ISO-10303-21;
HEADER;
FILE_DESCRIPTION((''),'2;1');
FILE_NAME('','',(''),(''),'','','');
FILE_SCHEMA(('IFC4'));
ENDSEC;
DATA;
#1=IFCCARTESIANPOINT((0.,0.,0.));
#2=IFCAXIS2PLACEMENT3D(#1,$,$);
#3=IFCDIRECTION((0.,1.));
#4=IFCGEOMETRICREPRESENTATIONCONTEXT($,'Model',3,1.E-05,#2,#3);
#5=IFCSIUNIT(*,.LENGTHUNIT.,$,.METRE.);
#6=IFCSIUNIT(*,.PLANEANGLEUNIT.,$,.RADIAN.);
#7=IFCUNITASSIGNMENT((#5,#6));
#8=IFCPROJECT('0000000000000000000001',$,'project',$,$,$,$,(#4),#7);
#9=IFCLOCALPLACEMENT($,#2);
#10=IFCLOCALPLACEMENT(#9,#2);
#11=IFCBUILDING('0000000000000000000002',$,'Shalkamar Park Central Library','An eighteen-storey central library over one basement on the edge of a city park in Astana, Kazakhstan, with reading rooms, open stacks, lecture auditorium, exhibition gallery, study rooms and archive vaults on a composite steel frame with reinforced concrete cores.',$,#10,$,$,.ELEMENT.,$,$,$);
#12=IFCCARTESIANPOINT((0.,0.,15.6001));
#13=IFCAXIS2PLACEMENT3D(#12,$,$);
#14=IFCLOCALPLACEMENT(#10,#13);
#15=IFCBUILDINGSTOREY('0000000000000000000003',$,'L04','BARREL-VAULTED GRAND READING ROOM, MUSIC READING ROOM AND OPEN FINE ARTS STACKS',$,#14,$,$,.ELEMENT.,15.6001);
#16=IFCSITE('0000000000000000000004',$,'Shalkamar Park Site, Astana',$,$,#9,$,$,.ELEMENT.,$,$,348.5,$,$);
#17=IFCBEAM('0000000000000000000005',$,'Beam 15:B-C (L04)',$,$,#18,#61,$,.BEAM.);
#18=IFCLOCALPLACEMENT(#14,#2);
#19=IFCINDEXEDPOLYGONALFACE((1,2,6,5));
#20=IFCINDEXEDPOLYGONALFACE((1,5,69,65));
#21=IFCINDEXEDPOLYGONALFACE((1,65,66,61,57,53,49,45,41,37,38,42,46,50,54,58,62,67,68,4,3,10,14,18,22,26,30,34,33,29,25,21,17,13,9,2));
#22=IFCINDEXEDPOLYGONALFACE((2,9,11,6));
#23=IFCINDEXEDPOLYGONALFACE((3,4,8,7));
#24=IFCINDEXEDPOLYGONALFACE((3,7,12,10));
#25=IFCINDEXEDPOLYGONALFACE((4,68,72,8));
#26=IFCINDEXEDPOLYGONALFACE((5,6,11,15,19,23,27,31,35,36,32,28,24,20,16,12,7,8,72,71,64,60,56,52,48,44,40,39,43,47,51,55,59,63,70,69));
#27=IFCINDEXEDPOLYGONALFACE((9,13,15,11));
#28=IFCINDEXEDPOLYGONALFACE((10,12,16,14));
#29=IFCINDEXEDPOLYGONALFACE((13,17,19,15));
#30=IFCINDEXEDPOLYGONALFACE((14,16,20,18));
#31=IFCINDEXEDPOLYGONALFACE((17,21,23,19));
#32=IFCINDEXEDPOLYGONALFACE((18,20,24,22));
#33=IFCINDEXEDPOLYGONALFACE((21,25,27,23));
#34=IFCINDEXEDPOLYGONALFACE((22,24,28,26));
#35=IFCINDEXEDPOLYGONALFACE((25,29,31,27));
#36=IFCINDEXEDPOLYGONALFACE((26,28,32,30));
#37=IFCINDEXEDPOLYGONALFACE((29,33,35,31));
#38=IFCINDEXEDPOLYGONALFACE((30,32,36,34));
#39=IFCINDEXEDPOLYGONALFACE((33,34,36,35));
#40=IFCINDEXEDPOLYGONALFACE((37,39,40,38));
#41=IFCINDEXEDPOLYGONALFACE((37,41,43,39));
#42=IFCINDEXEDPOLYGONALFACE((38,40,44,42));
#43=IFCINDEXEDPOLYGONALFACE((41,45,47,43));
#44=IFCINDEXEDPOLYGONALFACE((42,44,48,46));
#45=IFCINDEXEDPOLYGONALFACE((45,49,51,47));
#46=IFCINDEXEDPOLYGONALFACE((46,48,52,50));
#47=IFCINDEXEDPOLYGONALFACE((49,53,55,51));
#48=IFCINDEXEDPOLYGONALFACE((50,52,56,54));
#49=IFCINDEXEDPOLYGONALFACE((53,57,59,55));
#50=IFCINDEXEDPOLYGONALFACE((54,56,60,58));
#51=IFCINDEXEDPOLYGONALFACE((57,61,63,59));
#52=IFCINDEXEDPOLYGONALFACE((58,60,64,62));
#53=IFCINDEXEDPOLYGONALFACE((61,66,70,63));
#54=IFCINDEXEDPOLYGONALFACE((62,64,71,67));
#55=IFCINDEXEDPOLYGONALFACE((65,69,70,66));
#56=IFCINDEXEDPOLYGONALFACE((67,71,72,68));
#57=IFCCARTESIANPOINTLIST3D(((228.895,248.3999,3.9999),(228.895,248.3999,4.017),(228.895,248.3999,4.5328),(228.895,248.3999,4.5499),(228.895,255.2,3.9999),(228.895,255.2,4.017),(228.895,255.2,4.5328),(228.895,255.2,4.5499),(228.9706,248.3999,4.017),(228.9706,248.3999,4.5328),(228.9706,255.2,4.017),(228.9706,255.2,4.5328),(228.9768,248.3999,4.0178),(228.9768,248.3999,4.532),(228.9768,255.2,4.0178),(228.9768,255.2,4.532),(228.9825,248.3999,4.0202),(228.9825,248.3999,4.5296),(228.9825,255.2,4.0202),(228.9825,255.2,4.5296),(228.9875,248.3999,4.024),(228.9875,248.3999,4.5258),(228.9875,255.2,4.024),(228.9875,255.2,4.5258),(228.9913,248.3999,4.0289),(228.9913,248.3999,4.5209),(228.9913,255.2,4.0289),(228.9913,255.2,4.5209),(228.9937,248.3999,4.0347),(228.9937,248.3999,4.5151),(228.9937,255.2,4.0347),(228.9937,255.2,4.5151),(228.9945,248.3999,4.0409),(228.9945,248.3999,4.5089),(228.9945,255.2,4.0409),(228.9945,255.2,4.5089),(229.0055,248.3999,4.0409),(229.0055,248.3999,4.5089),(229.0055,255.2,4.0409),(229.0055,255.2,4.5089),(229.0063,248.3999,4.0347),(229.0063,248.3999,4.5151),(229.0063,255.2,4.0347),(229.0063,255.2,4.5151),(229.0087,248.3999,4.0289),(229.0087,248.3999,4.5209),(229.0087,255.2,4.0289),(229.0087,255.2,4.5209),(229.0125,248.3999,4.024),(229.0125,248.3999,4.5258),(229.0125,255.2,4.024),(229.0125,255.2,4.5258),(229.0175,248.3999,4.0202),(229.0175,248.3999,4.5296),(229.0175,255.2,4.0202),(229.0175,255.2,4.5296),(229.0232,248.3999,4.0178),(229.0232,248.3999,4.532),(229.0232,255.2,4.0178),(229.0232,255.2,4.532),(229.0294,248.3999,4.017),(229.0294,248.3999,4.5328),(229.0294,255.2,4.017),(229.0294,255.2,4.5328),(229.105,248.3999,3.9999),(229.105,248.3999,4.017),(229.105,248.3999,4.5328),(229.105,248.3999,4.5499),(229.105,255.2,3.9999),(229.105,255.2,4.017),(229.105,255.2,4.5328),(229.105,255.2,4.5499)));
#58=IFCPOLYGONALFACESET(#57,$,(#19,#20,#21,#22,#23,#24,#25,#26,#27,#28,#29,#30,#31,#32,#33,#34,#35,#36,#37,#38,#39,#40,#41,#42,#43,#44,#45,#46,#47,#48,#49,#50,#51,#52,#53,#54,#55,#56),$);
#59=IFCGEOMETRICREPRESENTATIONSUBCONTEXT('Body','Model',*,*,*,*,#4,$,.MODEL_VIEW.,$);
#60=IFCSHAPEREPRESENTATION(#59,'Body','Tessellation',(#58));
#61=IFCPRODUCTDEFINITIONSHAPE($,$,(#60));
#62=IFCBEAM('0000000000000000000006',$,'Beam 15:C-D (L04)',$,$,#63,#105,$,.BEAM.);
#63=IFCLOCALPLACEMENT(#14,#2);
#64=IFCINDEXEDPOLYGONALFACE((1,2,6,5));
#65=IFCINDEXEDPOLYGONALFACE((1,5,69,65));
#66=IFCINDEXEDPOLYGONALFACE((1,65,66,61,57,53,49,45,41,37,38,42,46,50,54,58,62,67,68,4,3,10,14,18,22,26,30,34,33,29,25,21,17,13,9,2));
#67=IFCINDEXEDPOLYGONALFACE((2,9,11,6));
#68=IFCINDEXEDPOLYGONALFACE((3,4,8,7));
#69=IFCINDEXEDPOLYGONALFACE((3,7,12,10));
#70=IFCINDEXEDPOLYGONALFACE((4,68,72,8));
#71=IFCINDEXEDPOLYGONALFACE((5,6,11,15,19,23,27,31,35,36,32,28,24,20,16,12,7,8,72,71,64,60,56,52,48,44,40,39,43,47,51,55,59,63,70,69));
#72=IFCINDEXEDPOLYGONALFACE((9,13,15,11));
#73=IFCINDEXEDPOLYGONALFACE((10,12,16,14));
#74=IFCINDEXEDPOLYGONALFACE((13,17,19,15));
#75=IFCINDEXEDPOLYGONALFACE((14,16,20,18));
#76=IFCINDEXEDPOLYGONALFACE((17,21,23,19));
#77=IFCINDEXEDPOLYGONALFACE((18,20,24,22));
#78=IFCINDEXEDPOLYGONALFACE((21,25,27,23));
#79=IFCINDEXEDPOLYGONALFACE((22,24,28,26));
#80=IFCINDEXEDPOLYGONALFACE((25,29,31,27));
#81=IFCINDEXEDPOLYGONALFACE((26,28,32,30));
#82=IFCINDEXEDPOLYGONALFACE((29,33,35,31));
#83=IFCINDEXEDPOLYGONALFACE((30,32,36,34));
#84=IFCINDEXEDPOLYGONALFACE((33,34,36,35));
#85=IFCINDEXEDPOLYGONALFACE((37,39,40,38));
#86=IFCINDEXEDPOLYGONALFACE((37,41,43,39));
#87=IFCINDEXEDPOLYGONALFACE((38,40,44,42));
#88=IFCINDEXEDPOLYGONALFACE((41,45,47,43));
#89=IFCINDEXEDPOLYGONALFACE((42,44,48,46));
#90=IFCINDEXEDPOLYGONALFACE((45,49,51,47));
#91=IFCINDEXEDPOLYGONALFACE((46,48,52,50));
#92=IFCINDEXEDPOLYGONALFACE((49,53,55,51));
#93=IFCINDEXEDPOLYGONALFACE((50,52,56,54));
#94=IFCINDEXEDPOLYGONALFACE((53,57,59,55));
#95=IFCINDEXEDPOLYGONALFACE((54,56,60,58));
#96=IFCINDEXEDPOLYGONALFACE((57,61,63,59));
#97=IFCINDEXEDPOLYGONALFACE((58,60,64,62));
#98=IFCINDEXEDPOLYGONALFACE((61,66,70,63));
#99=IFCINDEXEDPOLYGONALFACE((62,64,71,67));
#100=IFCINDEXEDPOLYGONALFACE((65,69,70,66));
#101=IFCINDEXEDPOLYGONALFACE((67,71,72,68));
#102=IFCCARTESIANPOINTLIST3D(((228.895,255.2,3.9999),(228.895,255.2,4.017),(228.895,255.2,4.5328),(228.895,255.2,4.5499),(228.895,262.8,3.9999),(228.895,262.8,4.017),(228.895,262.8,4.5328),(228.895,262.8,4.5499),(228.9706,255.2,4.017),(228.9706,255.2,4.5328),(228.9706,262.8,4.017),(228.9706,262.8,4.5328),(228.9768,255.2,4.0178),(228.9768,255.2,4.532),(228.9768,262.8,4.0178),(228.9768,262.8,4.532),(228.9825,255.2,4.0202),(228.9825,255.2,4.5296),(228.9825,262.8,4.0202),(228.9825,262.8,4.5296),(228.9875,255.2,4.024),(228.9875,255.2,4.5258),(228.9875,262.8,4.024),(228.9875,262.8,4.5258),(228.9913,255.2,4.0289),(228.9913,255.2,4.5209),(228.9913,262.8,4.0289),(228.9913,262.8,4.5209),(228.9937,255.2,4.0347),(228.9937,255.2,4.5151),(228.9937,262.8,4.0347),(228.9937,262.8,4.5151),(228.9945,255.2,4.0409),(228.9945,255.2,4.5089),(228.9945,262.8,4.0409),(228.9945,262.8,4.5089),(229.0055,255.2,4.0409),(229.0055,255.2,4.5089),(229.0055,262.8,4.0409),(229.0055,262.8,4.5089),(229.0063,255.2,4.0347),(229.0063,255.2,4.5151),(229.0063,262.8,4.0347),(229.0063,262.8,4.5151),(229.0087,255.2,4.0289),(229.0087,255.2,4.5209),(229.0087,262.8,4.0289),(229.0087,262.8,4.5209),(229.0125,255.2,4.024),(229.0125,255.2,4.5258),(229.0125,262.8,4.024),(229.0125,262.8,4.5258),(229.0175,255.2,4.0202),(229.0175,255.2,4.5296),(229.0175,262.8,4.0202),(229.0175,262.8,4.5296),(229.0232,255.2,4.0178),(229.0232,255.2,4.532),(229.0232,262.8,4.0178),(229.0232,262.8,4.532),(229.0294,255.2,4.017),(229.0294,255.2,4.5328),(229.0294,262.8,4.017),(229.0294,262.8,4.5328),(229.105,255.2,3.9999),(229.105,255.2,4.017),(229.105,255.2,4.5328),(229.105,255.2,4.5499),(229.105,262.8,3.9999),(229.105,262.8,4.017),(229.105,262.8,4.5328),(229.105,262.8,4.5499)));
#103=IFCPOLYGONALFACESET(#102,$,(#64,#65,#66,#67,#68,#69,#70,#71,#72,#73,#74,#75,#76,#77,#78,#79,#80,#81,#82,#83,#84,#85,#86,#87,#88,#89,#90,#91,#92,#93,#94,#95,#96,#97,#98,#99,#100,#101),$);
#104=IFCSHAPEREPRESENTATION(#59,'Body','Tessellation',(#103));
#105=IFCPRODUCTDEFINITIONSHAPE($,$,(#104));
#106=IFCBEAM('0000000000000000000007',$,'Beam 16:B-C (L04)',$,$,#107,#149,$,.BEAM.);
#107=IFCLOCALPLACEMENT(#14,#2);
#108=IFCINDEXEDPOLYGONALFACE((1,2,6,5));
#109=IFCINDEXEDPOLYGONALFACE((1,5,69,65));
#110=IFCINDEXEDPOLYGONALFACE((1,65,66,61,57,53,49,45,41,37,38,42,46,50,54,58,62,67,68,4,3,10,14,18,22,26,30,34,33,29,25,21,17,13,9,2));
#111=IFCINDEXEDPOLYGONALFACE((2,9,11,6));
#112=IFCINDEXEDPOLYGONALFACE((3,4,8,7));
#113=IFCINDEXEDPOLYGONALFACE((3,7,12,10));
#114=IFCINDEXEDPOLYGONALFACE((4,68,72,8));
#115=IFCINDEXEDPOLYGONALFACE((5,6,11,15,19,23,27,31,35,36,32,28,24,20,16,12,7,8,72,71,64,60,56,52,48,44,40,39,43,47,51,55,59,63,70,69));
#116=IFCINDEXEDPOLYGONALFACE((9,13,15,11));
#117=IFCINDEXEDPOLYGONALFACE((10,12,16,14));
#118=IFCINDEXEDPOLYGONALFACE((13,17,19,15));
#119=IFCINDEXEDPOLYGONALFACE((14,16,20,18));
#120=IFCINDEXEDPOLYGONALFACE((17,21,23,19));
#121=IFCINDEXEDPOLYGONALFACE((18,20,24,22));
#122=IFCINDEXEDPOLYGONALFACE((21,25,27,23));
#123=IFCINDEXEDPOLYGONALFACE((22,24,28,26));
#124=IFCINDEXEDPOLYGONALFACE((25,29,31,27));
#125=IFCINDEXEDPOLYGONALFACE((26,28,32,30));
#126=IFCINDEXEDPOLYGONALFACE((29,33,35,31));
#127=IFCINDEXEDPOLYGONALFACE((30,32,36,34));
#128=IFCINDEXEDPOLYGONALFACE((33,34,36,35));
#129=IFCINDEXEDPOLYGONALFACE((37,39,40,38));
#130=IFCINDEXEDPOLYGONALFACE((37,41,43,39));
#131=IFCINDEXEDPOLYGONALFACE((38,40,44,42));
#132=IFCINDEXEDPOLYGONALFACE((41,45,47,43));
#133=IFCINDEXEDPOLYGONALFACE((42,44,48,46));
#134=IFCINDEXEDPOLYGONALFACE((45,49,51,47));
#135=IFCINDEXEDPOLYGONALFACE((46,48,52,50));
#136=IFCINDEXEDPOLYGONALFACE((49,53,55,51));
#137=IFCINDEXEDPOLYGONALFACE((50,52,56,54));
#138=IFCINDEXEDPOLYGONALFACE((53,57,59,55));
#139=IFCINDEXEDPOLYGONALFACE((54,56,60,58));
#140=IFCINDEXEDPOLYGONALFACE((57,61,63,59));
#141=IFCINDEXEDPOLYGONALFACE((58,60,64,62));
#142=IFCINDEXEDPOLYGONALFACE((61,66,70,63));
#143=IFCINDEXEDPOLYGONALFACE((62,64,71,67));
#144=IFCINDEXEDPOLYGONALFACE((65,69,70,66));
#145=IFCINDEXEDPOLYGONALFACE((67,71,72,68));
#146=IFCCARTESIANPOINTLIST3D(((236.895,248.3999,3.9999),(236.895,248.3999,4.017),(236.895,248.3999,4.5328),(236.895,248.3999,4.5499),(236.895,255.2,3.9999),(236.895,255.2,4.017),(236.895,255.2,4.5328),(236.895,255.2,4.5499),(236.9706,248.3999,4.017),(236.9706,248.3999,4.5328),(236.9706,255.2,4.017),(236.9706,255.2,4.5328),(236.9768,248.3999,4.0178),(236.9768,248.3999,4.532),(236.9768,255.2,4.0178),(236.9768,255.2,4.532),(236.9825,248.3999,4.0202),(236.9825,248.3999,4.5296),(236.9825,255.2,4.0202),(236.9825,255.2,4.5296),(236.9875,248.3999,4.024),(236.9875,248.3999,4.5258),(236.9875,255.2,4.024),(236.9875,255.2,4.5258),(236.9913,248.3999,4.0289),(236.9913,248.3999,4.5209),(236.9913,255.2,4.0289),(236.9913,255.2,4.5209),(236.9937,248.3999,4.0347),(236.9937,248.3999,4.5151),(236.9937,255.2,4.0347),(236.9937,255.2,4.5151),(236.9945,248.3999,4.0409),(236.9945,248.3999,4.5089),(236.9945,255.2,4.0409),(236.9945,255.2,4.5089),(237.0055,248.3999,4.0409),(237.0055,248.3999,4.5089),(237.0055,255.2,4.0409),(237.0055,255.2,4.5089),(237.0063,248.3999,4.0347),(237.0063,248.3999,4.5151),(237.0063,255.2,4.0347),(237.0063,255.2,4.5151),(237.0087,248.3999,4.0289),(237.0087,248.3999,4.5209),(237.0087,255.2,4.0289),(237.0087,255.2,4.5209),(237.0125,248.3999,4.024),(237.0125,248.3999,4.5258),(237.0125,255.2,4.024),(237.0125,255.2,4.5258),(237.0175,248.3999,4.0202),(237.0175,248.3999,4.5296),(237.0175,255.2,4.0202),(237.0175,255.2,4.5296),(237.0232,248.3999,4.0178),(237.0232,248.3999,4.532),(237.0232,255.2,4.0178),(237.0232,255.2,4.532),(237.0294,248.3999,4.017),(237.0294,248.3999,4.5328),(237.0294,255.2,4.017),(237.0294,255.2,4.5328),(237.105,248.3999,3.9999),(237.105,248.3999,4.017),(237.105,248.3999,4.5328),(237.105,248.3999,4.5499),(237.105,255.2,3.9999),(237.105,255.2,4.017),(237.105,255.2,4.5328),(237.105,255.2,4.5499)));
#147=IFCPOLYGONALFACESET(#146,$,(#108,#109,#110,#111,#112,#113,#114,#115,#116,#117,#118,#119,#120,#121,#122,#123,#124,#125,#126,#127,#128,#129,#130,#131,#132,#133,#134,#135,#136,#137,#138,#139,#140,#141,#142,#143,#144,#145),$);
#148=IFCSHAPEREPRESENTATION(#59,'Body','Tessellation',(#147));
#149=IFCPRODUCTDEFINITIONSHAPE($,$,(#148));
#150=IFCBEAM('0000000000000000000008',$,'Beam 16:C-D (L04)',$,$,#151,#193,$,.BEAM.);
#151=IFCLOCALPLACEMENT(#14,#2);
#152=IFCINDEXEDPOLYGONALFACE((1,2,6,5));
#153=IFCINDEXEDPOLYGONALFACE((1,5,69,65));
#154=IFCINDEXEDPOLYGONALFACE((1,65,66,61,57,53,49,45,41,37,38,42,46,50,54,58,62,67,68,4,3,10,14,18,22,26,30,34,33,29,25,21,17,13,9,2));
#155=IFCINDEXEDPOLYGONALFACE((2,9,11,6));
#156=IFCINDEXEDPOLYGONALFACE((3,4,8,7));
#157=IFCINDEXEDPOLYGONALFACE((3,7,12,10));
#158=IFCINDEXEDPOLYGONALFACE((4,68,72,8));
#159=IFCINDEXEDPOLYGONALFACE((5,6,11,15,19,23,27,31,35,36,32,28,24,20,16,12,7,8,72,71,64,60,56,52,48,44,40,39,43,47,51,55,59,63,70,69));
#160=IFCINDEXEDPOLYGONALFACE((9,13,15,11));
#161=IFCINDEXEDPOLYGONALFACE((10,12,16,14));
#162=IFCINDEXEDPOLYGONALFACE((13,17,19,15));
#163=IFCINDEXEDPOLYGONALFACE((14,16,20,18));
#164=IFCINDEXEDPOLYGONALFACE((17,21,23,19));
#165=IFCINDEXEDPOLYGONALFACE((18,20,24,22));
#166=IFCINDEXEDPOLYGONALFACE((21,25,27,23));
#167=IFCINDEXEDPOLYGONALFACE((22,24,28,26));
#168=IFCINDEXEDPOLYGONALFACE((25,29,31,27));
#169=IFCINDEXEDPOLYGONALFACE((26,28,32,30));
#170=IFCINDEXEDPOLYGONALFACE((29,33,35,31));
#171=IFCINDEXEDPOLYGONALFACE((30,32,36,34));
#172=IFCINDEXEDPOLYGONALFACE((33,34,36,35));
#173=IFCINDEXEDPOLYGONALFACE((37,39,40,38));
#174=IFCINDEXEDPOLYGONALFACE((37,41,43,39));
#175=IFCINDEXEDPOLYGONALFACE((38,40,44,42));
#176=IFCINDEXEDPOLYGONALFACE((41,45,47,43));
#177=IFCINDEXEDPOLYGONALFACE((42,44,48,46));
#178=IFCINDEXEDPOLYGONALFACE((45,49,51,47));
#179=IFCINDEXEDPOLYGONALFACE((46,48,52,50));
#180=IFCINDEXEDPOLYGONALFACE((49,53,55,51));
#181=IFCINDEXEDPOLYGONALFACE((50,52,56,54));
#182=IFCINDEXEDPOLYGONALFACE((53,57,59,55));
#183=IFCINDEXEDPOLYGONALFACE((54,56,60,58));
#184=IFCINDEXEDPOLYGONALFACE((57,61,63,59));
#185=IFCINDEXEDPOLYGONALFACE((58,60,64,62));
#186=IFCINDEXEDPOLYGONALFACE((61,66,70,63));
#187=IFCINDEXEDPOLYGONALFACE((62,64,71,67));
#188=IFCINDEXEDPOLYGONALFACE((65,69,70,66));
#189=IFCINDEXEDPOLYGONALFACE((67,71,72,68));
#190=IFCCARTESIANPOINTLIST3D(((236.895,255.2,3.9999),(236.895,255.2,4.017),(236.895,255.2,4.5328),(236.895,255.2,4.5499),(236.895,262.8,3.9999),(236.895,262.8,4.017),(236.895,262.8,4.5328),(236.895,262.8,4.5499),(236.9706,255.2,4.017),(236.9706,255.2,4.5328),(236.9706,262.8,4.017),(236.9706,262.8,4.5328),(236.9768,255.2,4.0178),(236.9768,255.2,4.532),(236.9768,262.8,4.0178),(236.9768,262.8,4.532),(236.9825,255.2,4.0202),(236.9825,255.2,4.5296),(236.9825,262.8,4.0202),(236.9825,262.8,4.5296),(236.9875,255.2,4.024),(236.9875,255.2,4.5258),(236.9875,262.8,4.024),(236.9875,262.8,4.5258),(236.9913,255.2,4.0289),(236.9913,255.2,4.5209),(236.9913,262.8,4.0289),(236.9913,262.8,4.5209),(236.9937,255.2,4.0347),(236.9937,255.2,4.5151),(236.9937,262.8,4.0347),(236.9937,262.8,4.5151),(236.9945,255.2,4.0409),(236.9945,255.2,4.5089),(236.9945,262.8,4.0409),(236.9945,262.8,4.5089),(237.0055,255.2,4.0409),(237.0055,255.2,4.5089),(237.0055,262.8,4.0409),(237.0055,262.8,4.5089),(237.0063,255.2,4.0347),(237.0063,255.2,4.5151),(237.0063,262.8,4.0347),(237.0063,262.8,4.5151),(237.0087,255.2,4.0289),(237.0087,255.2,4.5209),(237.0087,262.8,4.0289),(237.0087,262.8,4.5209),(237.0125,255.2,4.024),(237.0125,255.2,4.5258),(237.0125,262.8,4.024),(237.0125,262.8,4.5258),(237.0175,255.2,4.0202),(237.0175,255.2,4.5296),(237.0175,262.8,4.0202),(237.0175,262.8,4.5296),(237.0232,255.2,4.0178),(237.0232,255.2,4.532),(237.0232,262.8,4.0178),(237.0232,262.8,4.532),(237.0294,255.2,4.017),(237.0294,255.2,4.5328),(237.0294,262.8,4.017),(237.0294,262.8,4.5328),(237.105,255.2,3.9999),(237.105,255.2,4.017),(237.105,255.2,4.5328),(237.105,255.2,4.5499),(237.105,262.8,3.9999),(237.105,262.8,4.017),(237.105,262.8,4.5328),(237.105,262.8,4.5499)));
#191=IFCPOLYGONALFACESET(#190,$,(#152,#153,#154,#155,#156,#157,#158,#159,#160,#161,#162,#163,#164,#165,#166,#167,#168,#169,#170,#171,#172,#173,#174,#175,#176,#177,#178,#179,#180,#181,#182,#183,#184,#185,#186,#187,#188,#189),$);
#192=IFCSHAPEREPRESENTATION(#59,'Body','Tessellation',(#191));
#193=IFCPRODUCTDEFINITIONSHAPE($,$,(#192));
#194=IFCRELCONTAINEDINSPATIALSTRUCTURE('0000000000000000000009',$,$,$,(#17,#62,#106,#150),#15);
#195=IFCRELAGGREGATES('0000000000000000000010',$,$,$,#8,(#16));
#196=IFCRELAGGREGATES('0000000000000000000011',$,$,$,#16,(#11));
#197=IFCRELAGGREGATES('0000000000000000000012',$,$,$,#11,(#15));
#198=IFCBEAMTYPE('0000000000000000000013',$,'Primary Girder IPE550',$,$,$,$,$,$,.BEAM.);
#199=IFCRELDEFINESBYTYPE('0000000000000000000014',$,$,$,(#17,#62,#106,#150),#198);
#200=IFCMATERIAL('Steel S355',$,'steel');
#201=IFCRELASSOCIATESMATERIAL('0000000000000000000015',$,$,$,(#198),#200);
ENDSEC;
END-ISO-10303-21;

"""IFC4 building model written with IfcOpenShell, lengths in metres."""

from ifc_helpers import new_model, si_unit, direction, frame, origin, origin_2d, place, context, subcontext, project, spatial, i_section, extrude, material, material_profile, profile_set, type_object, element, save


model = new_model("IFC4")

# Units and contexts
model_context = context("Model", 3, precision=1e-05, world=origin(), true_north=direction((0.0, 1.0)))
body_context = subcontext(model_context, "Body", "Model", "MODEL_VIEW")
ifc_project = project(units=[si_unit("LENGTHUNIT", "METRE"), si_unit("PLANEANGLEUNIT", "RADIAN")], contexts=[model_context])

# Site, building, storey
site_placement = place(None, origin())
site = spatial("IfcSite", under=ifc_project, at=site_placement, Name="Shalkamar Park Site, Astana", CompositionType="ELEMENT", RefElevation=348.5)
building_placement = place(site_placement, origin())
building = spatial("IfcBuilding", under=site, at=building_placement, Name="Shalkamar Park Central Library", Description="An eighteen-storey central library over one basement on the edge of a city park in Astana, Kazakhstan, with reading rooms, open stacks, lecture auditorium, exhibition gallery, study rooms and archive vaults on a composite steel frame with reinforced concrete cores.", CompositionType="ELEMENT")
storey_placement = place(building_placement, frame((0.0, 0.0, 15.6001)))
storey = spatial("IfcBuildingStorey", under=building, at=storey_placement, Name="L04", Description="BARREL-VAULTED GRAND READING ROOM, MUSIC READING ROOM AND OPEN FINE ARTS STACKS", CompositionType="ELEMENT", Elevation=15.6001)

# Shared definitions
ifc_material_1 = material(Name="Steel S355", Category="steel")

# Beams
ifc_material_profile_1 = material_profile(ifc_material_1, i_section(OverallWidth=0.21, OverallDepth=0.55, WebThickness=0.011, FlangeThickness=0.0171, FilletRadius=0.0239, at=origin_2d()), Name="IPE 550")
ifc_profile_set_1 = profile_set([ifc_material_profile_1], Name="Steel S355")
beam_type_1 = type_object("IfcBeamType", Name="Primary Girder IPE550", PredefinedType="BEAM", material=ifc_profile_set_1)
beam_1_placement = place(storey_placement, frame((229.0, 248.3999, 4.2749), z_axis=(0.0, 1.0, 0.0), x_axis=(-1.0, 0.0, 0.0)))
element("IfcBeam", 1, at=beam_1_placement, inside=storey, type_object=beam_type_1, Name="Beam 15:B-C (L04)", PredefinedType="BEAM", context=body_context, shape_type="SweptSolid", body=[
    extrude(i_section(OverallWidth=0.21, OverallDepth=0.55, WebThickness=0.011, FlangeThickness=0.0171, FilletRadius=0.0239, at=origin_2d()), origin(), (0.0, 0.0, 1.0), 6.8),
])
beam_2_placement = place(storey_placement, frame((229.0, 255.2, 4.2749), z_axis=(0.0, 1.0, 0.0), x_axis=(-1.0, 0.0, 0.0)))
element("IfcBeam", 2, at=beam_2_placement, inside=storey, type_object=beam_type_1, Name="Beam 15:C-D (L04)", PredefinedType="BEAM", context=body_context, shape_type="SweptSolid", body=[
    extrude(i_section(OverallWidth=0.21, OverallDepth=0.55, WebThickness=0.011, FlangeThickness=0.0171, FilletRadius=0.0239, at=origin_2d()), origin(), (0.0, 0.0, 1.0), 7.6001),
])
beam_3_placement = place(storey_placement, frame((237.0, 248.3999, 4.2749), z_axis=(0.0, 1.0, 0.0), x_axis=(-1.0, 0.0, 0.0)))
element("IfcBeam", 3, at=beam_3_placement, inside=storey, type_object=beam_type_1, Name="Beam 16:B-C (L04)", PredefinedType="BEAM", context=body_context, shape_type="SweptSolid", body=[
    extrude(i_section(OverallWidth=0.21, OverallDepth=0.55, WebThickness=0.011, FlangeThickness=0.0171, FilletRadius=0.0239, at=origin_2d()), origin(), (0.0, 0.0, 1.0), 6.8),
])
beam_4_placement = place(storey_placement, frame((237.0, 255.2, 4.2749), z_axis=(0.0, 1.0, 0.0), x_axis=(-1.0, 0.0, 0.0)))
element("IfcBeam", 4, at=beam_4_placement, inside=storey, type_object=beam_type_1, Name="Beam 16:C-D (L04)", PredefinedType="BEAM", context=body_context, shape_type="SweptSolid", body=[
    extrude(i_section(OverallWidth=0.21, OverallDepth=0.55, WebThickness=0.011, FlangeThickness=0.0171, FilletRadius=0.0239, at=origin_2d()), origin(), (0.0, 0.0, 1.0), 7.6001),
])

save(model, "model.ifc")
